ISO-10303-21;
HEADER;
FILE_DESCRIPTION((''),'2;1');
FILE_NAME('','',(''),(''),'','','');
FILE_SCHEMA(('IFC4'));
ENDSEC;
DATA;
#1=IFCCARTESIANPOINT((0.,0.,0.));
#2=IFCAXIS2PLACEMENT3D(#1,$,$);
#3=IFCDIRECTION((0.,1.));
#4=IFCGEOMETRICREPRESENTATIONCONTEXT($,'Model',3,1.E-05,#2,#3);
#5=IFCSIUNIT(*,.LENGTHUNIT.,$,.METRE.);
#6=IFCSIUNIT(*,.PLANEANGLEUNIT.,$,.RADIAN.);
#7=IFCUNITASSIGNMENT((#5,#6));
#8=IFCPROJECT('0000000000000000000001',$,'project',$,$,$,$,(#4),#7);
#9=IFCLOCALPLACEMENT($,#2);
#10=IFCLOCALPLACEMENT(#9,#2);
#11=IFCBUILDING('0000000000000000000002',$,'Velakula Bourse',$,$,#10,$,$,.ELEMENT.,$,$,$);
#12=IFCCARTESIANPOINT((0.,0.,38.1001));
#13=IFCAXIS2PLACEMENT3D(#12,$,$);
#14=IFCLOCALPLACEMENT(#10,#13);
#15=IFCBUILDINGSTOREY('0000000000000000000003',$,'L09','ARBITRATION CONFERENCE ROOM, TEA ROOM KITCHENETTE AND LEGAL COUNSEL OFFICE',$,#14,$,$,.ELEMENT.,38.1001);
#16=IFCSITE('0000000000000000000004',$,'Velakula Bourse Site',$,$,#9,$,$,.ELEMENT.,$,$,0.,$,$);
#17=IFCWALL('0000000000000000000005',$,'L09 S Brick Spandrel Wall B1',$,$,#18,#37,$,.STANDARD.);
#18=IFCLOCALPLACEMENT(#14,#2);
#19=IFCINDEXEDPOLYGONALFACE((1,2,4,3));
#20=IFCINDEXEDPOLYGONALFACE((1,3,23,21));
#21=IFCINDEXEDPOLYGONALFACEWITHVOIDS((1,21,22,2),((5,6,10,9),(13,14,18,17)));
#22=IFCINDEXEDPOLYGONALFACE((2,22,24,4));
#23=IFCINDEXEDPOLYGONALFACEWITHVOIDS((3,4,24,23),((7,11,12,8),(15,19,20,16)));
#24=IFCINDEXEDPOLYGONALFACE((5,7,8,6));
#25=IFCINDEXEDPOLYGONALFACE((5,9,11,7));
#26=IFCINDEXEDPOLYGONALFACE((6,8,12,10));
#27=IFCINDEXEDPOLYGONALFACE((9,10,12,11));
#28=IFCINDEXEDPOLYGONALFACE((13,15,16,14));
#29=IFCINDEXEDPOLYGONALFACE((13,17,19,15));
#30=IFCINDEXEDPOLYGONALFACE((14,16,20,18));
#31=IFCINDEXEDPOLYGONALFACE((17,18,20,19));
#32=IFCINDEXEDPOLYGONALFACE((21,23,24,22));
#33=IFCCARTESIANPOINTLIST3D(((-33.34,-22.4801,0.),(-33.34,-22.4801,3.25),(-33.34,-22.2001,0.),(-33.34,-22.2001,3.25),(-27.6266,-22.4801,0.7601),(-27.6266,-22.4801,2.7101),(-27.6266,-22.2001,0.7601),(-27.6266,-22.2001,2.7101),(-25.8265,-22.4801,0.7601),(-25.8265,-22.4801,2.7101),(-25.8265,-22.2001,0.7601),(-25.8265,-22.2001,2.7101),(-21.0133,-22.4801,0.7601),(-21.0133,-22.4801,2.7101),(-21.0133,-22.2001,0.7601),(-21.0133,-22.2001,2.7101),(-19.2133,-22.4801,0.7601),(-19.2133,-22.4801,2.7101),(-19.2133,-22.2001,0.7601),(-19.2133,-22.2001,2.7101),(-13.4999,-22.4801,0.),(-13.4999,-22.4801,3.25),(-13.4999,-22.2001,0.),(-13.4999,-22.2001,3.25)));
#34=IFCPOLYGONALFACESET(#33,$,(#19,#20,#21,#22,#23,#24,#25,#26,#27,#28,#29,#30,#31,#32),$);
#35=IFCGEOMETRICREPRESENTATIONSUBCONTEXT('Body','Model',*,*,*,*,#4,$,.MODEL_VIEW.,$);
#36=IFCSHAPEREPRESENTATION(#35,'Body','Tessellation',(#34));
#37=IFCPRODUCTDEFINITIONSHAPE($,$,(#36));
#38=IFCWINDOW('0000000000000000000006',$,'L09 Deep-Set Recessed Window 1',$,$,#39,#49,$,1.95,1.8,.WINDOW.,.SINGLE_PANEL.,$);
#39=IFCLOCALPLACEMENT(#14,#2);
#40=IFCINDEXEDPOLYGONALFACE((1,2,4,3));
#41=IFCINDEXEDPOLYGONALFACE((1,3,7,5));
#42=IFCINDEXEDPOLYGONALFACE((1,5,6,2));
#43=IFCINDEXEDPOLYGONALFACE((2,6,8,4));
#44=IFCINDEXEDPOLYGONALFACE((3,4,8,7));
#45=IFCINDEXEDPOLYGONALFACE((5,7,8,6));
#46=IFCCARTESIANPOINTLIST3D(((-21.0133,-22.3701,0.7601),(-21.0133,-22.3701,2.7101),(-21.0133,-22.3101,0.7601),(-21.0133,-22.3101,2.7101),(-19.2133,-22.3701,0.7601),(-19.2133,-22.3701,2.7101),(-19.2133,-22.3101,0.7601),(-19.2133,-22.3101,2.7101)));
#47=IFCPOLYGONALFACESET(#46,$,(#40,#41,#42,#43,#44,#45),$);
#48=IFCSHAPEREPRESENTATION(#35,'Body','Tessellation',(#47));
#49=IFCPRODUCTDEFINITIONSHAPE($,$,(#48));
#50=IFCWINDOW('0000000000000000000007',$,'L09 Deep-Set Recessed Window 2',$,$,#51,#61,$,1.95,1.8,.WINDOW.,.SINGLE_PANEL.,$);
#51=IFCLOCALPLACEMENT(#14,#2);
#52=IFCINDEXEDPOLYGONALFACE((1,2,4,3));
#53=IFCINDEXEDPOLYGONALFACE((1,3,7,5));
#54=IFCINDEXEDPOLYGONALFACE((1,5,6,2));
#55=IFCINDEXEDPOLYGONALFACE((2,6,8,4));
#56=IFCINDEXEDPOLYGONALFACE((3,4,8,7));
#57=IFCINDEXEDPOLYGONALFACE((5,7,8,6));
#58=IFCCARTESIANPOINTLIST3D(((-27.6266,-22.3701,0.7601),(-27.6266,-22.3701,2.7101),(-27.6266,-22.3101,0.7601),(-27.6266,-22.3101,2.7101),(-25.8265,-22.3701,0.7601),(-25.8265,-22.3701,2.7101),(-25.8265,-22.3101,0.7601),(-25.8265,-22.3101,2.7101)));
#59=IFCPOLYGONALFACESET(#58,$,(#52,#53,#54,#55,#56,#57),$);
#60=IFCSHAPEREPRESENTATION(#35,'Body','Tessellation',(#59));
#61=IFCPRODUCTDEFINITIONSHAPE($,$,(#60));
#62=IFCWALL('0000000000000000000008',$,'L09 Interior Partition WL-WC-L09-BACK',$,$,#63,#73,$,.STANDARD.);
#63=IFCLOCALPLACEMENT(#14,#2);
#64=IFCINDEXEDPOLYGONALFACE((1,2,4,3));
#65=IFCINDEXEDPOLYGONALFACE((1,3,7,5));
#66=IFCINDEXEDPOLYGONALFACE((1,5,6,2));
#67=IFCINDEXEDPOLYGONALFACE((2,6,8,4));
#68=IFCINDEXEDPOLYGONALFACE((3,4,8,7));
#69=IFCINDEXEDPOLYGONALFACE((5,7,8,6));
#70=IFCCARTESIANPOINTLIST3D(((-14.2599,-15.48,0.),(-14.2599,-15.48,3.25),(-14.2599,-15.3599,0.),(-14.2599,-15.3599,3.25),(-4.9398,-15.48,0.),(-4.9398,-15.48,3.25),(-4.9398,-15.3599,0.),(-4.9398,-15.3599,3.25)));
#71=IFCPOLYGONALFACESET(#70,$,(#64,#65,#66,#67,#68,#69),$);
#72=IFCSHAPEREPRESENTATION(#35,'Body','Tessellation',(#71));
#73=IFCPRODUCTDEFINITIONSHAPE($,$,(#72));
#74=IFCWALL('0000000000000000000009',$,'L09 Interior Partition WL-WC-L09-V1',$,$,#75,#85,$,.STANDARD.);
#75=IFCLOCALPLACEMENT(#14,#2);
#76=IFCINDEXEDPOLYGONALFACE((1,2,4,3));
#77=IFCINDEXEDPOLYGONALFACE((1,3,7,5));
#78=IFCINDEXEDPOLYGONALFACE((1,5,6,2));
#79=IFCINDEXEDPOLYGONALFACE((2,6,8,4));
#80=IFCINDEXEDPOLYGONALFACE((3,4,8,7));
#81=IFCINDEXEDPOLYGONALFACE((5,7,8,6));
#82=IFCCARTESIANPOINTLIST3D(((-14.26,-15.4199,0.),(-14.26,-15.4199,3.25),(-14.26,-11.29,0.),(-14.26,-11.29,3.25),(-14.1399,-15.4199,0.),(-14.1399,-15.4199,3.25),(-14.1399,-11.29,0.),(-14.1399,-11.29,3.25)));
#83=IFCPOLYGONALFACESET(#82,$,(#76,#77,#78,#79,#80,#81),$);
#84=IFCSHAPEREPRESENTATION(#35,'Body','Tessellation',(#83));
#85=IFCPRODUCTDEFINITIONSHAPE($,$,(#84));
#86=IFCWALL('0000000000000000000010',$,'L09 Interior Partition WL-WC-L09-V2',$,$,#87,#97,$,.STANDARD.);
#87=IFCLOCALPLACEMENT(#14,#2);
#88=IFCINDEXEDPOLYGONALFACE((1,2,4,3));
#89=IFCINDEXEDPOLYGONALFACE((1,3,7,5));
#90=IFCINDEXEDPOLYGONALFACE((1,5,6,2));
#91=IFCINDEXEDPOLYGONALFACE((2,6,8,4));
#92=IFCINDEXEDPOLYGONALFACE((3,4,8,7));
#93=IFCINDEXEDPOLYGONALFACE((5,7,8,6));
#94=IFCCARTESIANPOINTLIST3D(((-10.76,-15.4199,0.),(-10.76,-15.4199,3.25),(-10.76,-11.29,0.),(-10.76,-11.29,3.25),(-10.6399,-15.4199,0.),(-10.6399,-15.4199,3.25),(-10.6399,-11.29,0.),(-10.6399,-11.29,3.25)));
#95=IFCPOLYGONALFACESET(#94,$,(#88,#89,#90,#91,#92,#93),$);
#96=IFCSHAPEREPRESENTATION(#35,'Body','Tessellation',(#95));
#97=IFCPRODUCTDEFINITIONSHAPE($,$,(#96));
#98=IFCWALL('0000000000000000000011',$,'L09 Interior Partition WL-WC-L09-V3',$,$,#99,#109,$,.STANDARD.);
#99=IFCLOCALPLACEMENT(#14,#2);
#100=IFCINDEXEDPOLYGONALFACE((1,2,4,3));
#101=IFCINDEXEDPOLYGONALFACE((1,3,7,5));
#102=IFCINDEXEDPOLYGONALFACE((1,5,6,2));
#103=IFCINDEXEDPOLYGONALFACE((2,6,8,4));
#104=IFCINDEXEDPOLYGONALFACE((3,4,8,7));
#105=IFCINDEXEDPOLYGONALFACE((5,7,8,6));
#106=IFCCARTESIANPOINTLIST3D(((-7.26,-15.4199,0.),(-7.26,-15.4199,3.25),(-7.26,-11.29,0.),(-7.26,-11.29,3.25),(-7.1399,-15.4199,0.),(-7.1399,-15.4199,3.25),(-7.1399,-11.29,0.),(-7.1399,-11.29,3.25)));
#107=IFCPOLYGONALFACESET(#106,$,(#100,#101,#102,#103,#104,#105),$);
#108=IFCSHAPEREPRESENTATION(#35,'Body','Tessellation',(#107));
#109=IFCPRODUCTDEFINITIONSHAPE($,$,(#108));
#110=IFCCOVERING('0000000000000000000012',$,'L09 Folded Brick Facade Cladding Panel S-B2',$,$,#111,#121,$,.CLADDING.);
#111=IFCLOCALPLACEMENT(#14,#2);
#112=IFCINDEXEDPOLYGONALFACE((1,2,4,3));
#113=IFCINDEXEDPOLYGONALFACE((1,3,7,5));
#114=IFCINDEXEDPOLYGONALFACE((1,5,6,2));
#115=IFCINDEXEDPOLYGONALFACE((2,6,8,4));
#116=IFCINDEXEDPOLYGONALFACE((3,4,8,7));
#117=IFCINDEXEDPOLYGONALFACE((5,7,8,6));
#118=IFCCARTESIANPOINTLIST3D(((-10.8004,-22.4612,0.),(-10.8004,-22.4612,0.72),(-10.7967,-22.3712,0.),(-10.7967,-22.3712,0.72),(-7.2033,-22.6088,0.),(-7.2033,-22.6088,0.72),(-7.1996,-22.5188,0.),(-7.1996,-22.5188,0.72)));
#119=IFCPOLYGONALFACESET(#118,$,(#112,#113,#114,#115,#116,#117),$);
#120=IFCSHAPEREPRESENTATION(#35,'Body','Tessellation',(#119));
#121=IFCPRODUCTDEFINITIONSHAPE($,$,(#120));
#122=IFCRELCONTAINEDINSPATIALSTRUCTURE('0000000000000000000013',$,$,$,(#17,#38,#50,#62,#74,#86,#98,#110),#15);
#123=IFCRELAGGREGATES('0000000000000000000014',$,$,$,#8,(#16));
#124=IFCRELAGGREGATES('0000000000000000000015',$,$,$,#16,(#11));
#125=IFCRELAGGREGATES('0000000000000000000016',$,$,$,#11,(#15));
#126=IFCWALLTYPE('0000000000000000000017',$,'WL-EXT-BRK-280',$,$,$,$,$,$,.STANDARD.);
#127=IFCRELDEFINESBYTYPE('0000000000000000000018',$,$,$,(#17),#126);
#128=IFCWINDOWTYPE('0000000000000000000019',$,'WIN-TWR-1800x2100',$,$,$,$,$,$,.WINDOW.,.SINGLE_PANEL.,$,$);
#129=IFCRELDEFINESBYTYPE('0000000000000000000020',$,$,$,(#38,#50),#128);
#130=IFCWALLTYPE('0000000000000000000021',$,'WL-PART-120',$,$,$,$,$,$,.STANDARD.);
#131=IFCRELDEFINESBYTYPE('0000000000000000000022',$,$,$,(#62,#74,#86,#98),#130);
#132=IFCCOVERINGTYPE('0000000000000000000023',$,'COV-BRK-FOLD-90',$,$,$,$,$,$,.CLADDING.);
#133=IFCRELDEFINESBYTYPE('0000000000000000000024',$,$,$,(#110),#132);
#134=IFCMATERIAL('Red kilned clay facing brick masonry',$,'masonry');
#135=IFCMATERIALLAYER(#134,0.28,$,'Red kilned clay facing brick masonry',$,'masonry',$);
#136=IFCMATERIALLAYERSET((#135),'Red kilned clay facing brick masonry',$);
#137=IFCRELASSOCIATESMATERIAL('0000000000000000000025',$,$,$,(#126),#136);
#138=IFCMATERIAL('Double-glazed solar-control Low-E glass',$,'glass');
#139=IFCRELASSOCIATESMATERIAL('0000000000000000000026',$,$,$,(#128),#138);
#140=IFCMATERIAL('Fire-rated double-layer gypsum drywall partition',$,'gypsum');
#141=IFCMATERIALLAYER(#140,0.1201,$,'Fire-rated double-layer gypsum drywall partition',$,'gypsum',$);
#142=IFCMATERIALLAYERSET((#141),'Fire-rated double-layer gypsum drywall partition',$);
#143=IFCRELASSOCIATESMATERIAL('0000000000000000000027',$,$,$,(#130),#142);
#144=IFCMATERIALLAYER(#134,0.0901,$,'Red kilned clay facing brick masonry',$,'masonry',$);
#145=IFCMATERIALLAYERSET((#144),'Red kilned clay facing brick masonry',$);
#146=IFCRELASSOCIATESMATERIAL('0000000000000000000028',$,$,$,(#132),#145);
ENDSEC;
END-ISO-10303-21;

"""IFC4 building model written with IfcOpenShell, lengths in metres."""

from ifc_helpers import new_model, si_unit, direction, frame, frame_2d, origin, origin_2d, place, context, subcontext, project, spatial, rectangle, extrude, material, layer, layer_set, type_object, element, fill, save


model = new_model("IFC4")

# Units and contexts
model_context = context("Model", 3, precision=1e-05, world=origin(), true_north=direction((0.0, 1.0)))
body_context = subcontext(model_context, "Body", "Model", "MODEL_VIEW")
ifc_project = project(units=[si_unit("LENGTHUNIT", "METRE"), si_unit("PLANEANGLEUNIT", "RADIAN")], contexts=[model_context])

# Site, building, storey
site_placement = place(None, origin())
site = spatial("IfcSite", under=ifc_project, at=site_placement, Name="Velakula Bourse Site", CompositionType="ELEMENT", RefElevation=0.0)
building_placement = place(site_placement, origin())
building = spatial("IfcBuilding", under=site, at=building_placement, Name="Velakula Bourse", CompositionType="ELEMENT")
storey_placement = place(building_placement, frame((0.0, 0.0, 38.1001)))
storey = spatial("IfcBuildingStorey", under=building, at=storey_placement, Name="L09", Description="ARBITRATION CONFERENCE ROOM, TEA ROOM KITCHENETTE AND LEGAL COUNSEL OFFICE", CompositionType="ELEMENT", Elevation=38.1001)

# Wall, openings, windows
ifc_material_1 = material(Name="Red kilned clay facing brick masonry", Category="masonry")
ifc_layer_1 = layer(ifc_material_1, 0.28, Name="Red kilned clay facing brick masonry", Category="masonry")
ifc_layer_set_1 = layer_set([ifc_layer_1], Name="Red kilned clay facing brick masonry")
wall_type_1 = type_object("IfcWallType", Name="WL-EXT-BRK-280", PredefinedType="STANDARD", material=ifc_layer_set_1)
wall_1_placement = place(storey_placement, frame((-13.5, -22.3401, 0.0), z_axis=(0.0, 0.0, 1.0), x_axis=(-1.0, 0.0, 0.0)))
wall_1 = element("IfcWall", 1, at=wall_1_placement, inside=storey, type_object=wall_type_1, Name="L09 S Brick Spandrel Wall B1", PredefinedType="STANDARD", context=body_context, shape_type="SweptSolid", body=[
    extrude(rectangle(XDim=19.8401, YDim=0.28, at=frame_2d((9.9199, 0.0))), origin(), (0.0, 0.0, 1.0), 3.25),
])
opening_1_placement = place(wall_1_placement, frame((5.7134, 0.0, 0.76)))
opening_1 = element("IfcOpeningElement", 2, at=opening_1_placement, cuts=wall_1, PredefinedType="OPENING", context=body_context, shape_type="SweptSolid", body=[
    extrude(rectangle(XDim=1.8, YDim=1.95, at=frame_2d((0.8999, 0.9751))), frame((0.0, 0.1499, 0.0), z_axis=(0.0, -1.0, 0.0), x_axis=(1.0, 0.0, 0.0)), (0.0, 0.0, 1.0), 0.3),
])
opening_2_placement = place(wall_1_placement, frame((12.3267, 0.0, 0.76)))
opening_2 = element("IfcOpeningElement", 3, at=opening_2_placement, cuts=wall_1, PredefinedType="OPENING", context=body_context, shape_type="SweptSolid", body=[
    extrude(rectangle(XDim=1.8, YDim=1.95, at=frame_2d((0.8999, 0.9751))), frame((0.0, 0.1499, 0.0), z_axis=(0.0, -1.0, 0.0), x_axis=(1.0, 0.0, 0.0)), (0.0, 0.0, 1.0), 0.3),
])
ifc_material_2 = material(Name="Double-glazed solar-control Low-E glass", Category="glass")
window_type = type_object("IfcWindowType", Name="WIN-TWR-1800x2100", PartitioningType="SINGLE_PANEL", PredefinedType="WINDOW", material=ifc_material_2)
window_1_placement = place(opening_1_placement, origin())
window_1 = element("IfcWindow", 4, at=window_1_placement, inside=storey, type_object=window_type, Name="L09 Deep-Set Recessed Window 1", OverallHeight=1.95, OverallWidth=1.8, PartitioningType="SINGLE_PANEL", PredefinedType="WINDOW", context=body_context, shape_type="SweptSolid", body=[
    extrude(rectangle(XDim=1.8, YDim=1.95, at=frame_2d((0.8999, 0.9751))), frame((0.0, 0.03, 0.0), z_axis=(0.0, -1.0, 0.0), x_axis=(1.0, 0.0, 0.0)), (0.0, 0.0, 1.0), 0.0601),
])
fill(opening_1, window_1)
window_2_placement = place(opening_2_placement, origin())
window_2 = element("IfcWindow", 5, at=window_2_placement, inside=storey, type_object=window_type, Name="L09 Deep-Set Recessed Window 2", OverallHeight=1.95, OverallWidth=1.8, PartitioningType="SINGLE_PANEL", PredefinedType="WINDOW", context=body_context, shape_type="SweptSolid", body=[
    extrude(rectangle(XDim=1.8, YDim=1.95, at=frame_2d((0.8999, 0.9751))), frame((0.0, 0.03, 0.0), z_axis=(0.0, -1.0, 0.0), x_axis=(1.0, 0.0, 0.0)), (0.0, 0.0, 1.0), 0.0601),
])
fill(opening_2, window_2)

# Walls
ifc_material_3 = material(Name="Fire-rated double-layer gypsum drywall partition", Category="gypsum")
ifc_layer_2 = layer(ifc_material_3, 0.1201, Name="Fire-rated double-layer gypsum drywall partition", Category="gypsum")
ifc_layer_set_2 = layer_set([ifc_layer_2], Name="Fire-rated double-layer gypsum drywall partition")
wall_type_2 = type_object("IfcWallType", Name="WL-PART-120", PredefinedType="STANDARD", material=ifc_layer_set_2)
wall_2_placement = place(storey_placement, frame((-14.26, -15.4199, 0.0), z_axis=(0.0, 0.0, 1.0), x_axis=(1.0, 0.0, 0.0)))
element("IfcWall", 6, at=wall_2_placement, inside=storey, type_object=wall_type_2, Name="L09 Interior Partition WL-WC-L09-BACK", PredefinedType="STANDARD", context=body_context, shape_type="SweptSolid", body=[
    extrude(rectangle(XDim=9.3201, YDim=0.1201, at=frame_2d((4.6602, 0.0))), origin(), (0.0, 0.0, 1.0), 3.25),
])
for number, where, z_axis, x_axis, name in (
    (7, (-14.2, -15.4199, 0.0), (0.0, 0.0, 1.0), (0.0, 1.0, 0.0), "L09 Interior Partition WL-WC-L09-V1"),
    (8, (-10.7, -15.4199, 0.0), (0.0, 0.0, 1.0), (0.0, 1.0, 0.0), "L09 Interior Partition WL-WC-L09-V2"),
    (9, (-7.2, -15.4199, 0.0), (0.0, 0.0, 1.0), (0.0, 1.0, 0.0), "L09 Interior Partition WL-WC-L09-V3"),
):
    element("IfcWall", number, at=place(storey_placement, frame(where, z_axis=z_axis, x_axis=x_axis)), inside=storey, type_object=wall_type_2, Name=name, PredefinedType="STANDARD", context=body_context, shape_type="SweptSolid", body=[
        extrude(rectangle(XDim=4.1299, YDim=0.1201, at=frame_2d((2.0649, 0.0))), origin(), (0.0, 0.0, 1.0), 3.25),
    ])

# Covering
ifc_layer_3 = layer(ifc_material_1, 0.0901, Name="Red kilned clay facing brick masonry", Category="masonry")
ifc_layer_set_3 = layer_set([ifc_layer_3], Name="Red kilned clay facing brick masonry")
covering_type = type_object("IfcCoveringType", Name="COV-BRK-FOLD-90", PredefinedType="CLADDING", material=ifc_layer_set_3)
covering_placement = place(storey_placement, frame((-9.0, -22.49, 0.0), z_axis=(0.0, 0.0, 1.0), x_axis=(0.999159, -0.041004, 0.0)))
element("IfcCovering", 10, at=covering_placement, inside=storey, type_object=covering_type, Name="L09 Folded Brick Facade Cladding Panel S-B2", PredefinedType="CLADDING", context=body_context, shape_type="SweptSolid", body=[
    extrude(rectangle(XDim=3.6001, YDim=0.0901, at=origin_2d()), origin(), (0.0, 0.0, 1.0), 0.72),
])

save(model, "model.ifc")
